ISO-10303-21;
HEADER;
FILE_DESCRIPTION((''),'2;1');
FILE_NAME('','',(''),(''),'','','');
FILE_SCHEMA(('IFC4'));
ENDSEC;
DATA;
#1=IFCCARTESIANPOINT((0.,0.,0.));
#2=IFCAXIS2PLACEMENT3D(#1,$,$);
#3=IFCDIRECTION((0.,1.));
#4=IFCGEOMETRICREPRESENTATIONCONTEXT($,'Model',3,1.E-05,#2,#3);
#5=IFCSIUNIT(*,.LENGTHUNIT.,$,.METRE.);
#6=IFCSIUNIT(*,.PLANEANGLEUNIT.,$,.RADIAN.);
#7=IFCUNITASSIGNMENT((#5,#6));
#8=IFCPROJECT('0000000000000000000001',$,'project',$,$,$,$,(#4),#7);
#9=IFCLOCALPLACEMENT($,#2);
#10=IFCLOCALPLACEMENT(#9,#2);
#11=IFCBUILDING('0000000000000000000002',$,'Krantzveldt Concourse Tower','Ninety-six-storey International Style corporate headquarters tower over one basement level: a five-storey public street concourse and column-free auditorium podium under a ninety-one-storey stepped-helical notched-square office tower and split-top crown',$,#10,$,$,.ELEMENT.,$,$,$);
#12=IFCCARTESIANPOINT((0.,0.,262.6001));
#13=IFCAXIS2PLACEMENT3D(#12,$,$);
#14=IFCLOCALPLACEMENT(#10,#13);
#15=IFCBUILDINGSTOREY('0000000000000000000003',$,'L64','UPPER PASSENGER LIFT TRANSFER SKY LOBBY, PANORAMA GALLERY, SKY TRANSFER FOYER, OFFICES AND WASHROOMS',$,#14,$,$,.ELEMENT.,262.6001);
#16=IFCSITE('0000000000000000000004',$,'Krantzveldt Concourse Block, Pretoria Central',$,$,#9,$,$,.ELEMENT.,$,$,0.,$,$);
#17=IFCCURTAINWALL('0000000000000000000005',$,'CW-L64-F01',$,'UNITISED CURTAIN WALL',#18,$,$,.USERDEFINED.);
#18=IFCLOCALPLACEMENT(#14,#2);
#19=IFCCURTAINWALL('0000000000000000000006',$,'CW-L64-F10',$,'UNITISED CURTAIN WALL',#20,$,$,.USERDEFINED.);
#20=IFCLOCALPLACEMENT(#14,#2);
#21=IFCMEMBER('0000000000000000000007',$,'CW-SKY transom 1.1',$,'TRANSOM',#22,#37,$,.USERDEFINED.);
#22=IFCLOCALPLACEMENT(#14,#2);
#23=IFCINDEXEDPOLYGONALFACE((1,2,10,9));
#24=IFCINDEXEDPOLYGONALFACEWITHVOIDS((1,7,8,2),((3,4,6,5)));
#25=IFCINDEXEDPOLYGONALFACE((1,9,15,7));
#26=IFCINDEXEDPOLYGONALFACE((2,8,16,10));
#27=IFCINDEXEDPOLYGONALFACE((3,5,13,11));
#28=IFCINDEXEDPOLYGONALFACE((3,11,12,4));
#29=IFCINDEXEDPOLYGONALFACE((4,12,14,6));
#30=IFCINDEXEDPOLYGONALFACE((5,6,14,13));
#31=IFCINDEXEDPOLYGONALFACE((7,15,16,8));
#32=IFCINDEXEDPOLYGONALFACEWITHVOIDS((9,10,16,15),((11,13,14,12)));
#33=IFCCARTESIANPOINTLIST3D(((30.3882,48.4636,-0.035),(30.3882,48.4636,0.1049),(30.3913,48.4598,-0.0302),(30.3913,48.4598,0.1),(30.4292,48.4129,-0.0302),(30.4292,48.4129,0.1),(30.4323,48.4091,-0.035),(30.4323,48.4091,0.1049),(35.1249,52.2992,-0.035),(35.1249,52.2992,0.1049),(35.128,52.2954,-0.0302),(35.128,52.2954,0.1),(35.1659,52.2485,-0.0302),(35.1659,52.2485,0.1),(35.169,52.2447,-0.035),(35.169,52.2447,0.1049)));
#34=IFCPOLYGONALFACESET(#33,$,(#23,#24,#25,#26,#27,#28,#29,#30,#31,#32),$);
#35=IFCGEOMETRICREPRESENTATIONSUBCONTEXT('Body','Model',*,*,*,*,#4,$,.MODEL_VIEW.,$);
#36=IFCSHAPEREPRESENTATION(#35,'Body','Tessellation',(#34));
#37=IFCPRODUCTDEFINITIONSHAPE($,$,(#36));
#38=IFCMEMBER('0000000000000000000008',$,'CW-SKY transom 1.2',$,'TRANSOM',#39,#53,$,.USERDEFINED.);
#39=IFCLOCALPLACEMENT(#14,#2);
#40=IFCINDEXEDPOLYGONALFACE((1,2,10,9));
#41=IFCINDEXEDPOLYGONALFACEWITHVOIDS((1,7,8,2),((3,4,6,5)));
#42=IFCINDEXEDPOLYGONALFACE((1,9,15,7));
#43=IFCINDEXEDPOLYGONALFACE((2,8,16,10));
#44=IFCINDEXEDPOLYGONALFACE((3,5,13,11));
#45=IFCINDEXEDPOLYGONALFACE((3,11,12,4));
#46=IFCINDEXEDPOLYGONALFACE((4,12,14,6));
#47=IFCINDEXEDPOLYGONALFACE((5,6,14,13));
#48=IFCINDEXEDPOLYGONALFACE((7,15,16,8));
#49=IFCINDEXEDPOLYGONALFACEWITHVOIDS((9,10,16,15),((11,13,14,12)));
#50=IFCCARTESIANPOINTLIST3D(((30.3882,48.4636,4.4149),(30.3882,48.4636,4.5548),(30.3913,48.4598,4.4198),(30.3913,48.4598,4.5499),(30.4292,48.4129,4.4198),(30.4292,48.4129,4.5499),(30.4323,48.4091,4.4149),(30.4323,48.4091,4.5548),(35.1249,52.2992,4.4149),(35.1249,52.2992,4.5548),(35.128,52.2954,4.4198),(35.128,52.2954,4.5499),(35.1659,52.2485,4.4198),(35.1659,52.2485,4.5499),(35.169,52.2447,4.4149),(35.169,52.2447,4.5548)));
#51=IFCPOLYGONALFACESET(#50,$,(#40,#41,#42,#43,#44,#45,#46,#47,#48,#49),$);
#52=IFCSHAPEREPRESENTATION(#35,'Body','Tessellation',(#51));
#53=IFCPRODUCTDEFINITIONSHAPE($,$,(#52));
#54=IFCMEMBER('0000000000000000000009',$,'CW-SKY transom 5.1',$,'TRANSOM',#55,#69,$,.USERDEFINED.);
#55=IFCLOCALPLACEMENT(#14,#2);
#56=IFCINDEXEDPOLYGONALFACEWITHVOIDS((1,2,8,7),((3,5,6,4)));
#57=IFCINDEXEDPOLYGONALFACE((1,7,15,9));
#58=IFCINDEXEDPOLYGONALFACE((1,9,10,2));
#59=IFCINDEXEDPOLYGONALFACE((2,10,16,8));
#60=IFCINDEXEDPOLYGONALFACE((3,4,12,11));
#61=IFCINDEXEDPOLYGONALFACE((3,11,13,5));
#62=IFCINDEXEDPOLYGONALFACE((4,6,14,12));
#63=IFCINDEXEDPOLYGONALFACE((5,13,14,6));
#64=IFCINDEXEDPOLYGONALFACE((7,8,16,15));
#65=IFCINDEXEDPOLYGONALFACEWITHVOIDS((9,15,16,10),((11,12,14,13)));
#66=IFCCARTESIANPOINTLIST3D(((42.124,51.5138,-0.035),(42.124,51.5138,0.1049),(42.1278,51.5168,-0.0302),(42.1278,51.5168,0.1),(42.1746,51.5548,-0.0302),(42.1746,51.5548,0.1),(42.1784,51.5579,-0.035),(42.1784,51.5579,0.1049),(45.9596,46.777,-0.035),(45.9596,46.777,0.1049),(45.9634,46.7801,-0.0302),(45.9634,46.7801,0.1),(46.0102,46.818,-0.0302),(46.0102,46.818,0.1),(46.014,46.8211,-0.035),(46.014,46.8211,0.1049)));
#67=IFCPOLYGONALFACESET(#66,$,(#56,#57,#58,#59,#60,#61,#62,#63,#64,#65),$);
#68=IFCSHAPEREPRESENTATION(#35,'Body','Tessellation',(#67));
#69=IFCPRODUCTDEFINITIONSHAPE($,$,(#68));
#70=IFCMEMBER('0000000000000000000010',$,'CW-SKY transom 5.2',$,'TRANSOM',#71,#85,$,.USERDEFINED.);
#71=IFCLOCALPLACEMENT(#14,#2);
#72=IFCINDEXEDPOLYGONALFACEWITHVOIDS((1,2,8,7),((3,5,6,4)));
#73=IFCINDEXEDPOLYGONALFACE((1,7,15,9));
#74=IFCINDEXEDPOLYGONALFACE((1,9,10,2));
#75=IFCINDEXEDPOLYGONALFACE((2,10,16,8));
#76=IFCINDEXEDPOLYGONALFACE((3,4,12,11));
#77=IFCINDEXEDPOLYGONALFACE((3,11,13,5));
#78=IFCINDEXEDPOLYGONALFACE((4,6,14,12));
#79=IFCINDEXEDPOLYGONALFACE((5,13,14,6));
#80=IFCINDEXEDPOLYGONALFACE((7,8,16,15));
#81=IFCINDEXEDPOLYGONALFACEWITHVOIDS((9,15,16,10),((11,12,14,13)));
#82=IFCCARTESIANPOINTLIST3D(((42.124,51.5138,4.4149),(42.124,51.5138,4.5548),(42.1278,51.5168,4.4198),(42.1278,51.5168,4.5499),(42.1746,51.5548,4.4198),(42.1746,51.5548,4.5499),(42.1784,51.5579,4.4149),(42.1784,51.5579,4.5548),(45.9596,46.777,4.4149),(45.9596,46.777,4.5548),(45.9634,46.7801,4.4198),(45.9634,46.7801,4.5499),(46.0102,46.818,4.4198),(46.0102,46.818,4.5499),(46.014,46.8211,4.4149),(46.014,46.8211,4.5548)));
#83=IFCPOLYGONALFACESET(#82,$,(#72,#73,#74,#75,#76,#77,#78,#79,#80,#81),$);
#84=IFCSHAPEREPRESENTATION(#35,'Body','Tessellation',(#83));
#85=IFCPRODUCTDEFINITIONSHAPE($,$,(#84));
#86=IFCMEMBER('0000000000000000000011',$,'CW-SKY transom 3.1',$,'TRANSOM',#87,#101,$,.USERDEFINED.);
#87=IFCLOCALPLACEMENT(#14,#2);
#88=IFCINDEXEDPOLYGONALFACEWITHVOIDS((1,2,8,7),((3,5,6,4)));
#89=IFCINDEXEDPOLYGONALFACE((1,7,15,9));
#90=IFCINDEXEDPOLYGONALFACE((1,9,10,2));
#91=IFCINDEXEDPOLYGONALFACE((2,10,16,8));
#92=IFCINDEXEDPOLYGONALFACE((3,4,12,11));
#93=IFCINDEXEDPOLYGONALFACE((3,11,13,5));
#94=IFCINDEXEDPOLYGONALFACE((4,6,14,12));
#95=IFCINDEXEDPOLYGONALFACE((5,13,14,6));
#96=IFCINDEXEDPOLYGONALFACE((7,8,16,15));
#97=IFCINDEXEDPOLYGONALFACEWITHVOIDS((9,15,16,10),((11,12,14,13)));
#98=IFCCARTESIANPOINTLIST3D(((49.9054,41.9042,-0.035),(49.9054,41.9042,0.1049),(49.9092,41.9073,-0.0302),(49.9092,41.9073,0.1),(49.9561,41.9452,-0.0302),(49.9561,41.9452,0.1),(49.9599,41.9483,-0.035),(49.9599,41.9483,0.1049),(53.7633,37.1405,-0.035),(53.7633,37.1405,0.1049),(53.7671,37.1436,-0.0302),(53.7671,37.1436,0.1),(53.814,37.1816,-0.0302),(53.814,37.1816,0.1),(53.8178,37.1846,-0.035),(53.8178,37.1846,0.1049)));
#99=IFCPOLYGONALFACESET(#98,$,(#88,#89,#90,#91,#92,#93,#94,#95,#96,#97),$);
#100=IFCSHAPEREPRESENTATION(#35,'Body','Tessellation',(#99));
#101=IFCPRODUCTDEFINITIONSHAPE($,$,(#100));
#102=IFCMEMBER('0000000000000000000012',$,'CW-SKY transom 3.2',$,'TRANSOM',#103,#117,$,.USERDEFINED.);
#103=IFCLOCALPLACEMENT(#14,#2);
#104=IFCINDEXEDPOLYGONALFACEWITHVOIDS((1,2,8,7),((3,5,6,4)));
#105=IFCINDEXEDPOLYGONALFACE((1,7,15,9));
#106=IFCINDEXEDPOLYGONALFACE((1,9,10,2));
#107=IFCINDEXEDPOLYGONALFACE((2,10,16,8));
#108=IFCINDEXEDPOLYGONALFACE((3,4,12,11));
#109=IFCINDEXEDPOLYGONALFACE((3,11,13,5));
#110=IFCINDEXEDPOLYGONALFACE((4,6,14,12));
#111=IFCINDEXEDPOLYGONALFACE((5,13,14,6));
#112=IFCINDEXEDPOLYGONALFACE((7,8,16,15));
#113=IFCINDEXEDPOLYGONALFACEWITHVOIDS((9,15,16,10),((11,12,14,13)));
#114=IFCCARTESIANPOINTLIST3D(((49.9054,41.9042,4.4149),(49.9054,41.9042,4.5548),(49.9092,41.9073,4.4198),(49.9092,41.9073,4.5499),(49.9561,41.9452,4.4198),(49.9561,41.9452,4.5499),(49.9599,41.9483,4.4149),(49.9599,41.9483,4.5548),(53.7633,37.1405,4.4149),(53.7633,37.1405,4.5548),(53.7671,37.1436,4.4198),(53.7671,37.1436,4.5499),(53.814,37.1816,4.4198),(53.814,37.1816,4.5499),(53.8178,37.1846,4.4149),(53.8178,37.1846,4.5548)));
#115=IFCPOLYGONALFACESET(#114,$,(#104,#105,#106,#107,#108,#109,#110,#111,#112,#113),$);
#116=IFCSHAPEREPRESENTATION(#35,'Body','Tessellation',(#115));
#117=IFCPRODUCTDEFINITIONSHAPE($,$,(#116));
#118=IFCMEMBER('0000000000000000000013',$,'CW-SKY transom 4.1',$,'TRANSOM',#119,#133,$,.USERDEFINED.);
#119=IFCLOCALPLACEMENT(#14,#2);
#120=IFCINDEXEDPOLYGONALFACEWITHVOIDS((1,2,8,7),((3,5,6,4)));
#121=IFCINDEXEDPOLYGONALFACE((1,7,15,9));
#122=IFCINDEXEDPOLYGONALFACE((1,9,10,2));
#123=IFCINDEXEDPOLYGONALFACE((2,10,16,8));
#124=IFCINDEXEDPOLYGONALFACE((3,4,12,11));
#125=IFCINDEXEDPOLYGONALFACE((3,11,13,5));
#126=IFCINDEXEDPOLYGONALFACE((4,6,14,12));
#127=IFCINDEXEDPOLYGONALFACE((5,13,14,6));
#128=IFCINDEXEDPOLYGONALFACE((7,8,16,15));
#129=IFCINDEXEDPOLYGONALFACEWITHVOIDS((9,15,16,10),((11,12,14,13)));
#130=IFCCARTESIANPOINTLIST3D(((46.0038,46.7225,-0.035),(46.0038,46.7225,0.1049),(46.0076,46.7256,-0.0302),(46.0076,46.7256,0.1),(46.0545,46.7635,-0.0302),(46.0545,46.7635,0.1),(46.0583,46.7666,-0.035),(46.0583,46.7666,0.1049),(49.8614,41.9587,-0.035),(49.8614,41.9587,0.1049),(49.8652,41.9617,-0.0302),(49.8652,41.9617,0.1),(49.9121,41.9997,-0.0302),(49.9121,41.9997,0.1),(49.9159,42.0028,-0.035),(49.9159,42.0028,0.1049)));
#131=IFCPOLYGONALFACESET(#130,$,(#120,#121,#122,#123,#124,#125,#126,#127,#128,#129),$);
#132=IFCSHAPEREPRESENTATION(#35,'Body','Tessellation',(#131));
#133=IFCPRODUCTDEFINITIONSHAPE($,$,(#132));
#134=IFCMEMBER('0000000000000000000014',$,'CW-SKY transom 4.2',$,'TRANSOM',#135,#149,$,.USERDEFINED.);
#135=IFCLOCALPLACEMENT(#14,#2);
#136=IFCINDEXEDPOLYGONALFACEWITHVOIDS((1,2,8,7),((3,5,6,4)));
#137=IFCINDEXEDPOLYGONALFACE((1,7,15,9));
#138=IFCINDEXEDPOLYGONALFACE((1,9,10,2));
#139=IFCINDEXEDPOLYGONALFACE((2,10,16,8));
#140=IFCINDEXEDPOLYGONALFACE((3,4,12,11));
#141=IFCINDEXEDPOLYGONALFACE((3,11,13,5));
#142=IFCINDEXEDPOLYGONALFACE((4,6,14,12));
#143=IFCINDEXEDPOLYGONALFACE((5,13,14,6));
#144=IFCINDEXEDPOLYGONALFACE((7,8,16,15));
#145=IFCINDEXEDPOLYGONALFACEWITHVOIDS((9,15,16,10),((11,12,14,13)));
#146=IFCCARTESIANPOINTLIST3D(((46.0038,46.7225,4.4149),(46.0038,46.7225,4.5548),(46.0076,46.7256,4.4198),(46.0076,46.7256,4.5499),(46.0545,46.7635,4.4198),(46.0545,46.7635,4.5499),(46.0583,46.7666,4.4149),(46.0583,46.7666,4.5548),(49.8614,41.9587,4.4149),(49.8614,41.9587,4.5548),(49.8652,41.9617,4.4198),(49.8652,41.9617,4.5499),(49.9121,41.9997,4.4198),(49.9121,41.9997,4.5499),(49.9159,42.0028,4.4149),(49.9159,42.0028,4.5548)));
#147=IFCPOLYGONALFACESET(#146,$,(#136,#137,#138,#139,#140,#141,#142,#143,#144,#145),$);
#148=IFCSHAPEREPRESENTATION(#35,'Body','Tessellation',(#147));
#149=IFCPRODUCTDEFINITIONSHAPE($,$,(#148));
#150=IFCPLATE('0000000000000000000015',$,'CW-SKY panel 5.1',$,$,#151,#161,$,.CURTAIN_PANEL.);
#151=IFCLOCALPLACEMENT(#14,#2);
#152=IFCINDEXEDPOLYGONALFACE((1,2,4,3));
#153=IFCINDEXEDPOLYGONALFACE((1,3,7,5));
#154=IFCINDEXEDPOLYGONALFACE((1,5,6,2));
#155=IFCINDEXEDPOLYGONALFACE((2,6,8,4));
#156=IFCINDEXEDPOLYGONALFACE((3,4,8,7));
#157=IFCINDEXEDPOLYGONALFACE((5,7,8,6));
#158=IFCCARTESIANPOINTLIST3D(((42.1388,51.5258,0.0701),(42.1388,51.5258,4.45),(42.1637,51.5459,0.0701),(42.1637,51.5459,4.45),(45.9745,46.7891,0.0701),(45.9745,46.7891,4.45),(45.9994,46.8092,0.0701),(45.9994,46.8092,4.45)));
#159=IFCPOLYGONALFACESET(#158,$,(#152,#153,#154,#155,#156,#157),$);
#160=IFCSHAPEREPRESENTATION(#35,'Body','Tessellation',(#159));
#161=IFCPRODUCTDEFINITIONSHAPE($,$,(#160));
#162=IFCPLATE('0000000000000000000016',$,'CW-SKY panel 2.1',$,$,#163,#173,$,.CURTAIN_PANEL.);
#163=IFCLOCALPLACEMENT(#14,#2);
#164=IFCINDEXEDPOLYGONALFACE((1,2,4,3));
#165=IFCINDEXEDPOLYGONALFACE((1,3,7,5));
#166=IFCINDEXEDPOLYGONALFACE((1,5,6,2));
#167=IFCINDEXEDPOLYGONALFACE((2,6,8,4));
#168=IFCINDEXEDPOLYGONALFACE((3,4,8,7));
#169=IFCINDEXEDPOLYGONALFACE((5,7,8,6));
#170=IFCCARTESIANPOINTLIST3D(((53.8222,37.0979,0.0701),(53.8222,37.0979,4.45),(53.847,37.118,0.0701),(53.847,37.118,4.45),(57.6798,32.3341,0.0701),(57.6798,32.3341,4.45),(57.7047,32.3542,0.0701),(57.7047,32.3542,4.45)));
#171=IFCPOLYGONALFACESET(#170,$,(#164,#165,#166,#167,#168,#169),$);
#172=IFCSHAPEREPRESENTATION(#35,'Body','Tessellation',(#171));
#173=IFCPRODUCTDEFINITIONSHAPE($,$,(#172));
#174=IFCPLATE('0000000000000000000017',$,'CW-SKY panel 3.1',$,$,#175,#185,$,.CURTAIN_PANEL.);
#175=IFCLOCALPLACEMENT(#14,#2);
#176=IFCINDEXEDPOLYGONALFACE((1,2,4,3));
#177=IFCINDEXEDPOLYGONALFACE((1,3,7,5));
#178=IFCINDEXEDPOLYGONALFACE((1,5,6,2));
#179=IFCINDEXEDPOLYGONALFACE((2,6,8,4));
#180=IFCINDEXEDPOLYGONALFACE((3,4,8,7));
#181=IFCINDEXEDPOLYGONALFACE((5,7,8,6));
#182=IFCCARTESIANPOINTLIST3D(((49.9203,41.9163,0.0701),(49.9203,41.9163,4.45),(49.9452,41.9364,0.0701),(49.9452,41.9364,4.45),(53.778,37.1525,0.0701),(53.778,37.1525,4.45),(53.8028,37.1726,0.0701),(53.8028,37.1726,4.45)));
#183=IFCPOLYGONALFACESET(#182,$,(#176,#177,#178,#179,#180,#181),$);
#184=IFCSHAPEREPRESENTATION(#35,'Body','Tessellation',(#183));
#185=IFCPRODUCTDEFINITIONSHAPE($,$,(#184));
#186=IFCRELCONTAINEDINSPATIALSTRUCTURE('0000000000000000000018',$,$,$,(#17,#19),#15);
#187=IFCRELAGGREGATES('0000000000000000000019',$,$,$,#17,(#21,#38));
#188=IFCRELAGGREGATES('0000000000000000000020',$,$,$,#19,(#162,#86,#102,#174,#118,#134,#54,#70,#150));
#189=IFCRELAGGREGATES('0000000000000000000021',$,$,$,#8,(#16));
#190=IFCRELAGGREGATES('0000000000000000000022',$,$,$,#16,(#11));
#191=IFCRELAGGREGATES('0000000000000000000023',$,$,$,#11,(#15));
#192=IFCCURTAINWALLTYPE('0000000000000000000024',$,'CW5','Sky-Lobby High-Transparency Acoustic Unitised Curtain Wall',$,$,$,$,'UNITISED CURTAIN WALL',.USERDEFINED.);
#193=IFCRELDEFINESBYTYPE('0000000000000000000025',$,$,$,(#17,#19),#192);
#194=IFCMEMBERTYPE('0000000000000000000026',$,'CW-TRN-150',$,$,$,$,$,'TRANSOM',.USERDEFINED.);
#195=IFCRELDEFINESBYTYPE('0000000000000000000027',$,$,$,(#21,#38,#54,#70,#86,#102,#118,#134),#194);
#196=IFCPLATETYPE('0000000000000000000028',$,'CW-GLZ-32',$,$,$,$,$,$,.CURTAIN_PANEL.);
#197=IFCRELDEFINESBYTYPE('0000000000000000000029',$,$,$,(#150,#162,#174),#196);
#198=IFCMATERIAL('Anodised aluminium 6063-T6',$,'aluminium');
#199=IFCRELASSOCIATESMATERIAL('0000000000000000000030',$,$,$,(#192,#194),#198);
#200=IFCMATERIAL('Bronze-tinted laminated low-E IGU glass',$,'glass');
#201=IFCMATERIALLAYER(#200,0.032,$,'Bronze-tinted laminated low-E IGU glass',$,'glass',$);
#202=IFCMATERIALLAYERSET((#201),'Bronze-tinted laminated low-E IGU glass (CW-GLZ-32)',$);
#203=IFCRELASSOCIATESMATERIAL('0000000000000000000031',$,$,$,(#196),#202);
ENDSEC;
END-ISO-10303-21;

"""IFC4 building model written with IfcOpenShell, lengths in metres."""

from ifc_helpers import new_model, si_unit, direction, frame, origin, origin_2d, place, context, subcontext, project, spatial, rectangle, hollow_rectangle, extrude, source, transform, mapped, material, layer, layer_set, material_profile, profile_set, type_object, type_shapes, element, aggregate, save


model = new_model("IFC4")

# Units and contexts
model_context = context("Model", 3, precision=1e-05, world=origin(), true_north=direction((0.0, 1.0)))
body_context = subcontext(model_context, "Body", "Model", "MODEL_VIEW")
ifc_project = project(units=[si_unit("LENGTHUNIT", "METRE"), si_unit("PLANEANGLEUNIT", "RADIAN")], contexts=[model_context])

# Site, building, storey
site_placement = place(None, origin())
site = spatial("IfcSite", under=ifc_project, at=site_placement, Name="Krantzveldt Concourse Block, Pretoria Central", CompositionType="ELEMENT", RefElevation=0.0)
building_placement = place(site_placement, origin())
building = spatial("IfcBuilding", under=site, at=building_placement, Name="Krantzveldt Concourse Tower", Description="Ninety-six-storey International Style corporate headquarters tower over one basement level: a five-storey public street concourse and column-free auditorium podium under a ninety-one-storey stepped-helical notched-square office tower and split-top crown", CompositionType="ELEMENT")
storey_placement = place(building_placement, frame((0.0, 0.0, 262.6001)))
storey = spatial("IfcBuildingStorey", under=building, at=storey_placement, Name="L64", Description="UPPER PASSENGER LIFT TRANSFER SKY LOBBY, PANORAMA GALLERY, SKY TRANSFER FOYER, OFFICES AND WASHROOMS", CompositionType="ELEMENT", Elevation=262.6001)

# Curtain wall
ifc_material_1 = material(Name="Anodised aluminium 6063-T6", Category="aluminium")
curtain_wall_type = type_object("IfcCurtainWallType", Name="CW5", Description="Sky-Lobby High-Transparency Acoustic Unitised Curtain Wall", ElementType="UNITISED CURTAIN WALL", PredefinedType="USERDEFINED", material=ifc_material_1)
curtain_wall_1_placement = place(storey_placement, origin())
curtain_wall_1 = element("IfcCurtainWall", 1, at=curtain_wall_1_placement, inside=storey, type_object=curtain_wall_type, Name="CW-L64-F01", ObjectType="UNITISED CURTAIN WALL", PredefinedType="USERDEFINED")

# Curtain wall
curtain_wall_2_placement = place(storey_placement, origin())
curtain_wall_2 = element("IfcCurtainWall", 2, at=curtain_wall_2_placement, inside=storey, type_object=curtain_wall_type, Name="CW-L64-F10", ObjectType="UNITISED CURTAIN WALL", PredefinedType="USERDEFINED")

# Members
ifc_material_profile_1 = material_profile(ifc_material_1, hollow_rectangle(XDim=0.0701, YDim=0.1399, WallThickness=0.0049, at=origin_2d()), Name="Anodised aluminium 6063-T6", Category="aluminium")
ifc_profile_set_1 = profile_set([ifc_material_profile_1], Name="Anodised aluminium 6063-T6 - ALU-TRAN 140x70x5")
member_type_1 = type_object("IfcMemberType", Name="CW-TRN-150", ElementType="TRANSOM", PredefinedType="USERDEFINED", material=ifc_profile_set_1)
shared_shape_1 = source(origin(), body_context, "Body", "SweptSolid", [
    extrude(hollow_rectangle(XDim=0.0701, YDim=0.1399, WallThickness=0.0049, at=origin_2d()), origin(), (0.0, 0.0, 1.0), 6.095),
])
member_1_placement = place(storey_placement, frame((35.147, 52.272, 0.0349), z_axis=(-0.777154, -0.62931, 0.0), x_axis=(0.62931, -0.777154, 0.0)))
member_1 = element("IfcMember", 3, at=member_1_placement, type_object=member_type_1, Name="CW-SKY transom 1.1", ObjectType="TRANSOM", PredefinedType="USERDEFINED", context=body_context, shape_type="MappedRepresentation", body=[
    mapped(shared_shape_1, transform((0.0, 0.0, 0.0), x_axis=(1.0, 0.0, 0.0), y_axis=(0.0, 1.0, 0.0), z_axis=(0.0, 0.0, 1.0), scale=1.0)),
])
member_2_placement = place(storey_placement, frame((35.147, 52.272, 4.4849), z_axis=(-0.777154, -0.62931, 0.0), x_axis=(0.62931, -0.777154, 0.0)))
member_2 = element("IfcMember", 4, at=member_2_placement, type_object=member_type_1, Name="CW-SKY transom 1.2", ObjectType="TRANSOM", PredefinedType="USERDEFINED", context=body_context, shape_type="MappedRepresentation", body=[
    mapped(shared_shape_1, transform((0.0, 0.0, 0.0), x_axis=(1.0, 0.0, 0.0), y_axis=(0.0, 1.0, 0.0), z_axis=(0.0, 0.0, 1.0), scale=1.0)),
])
aggregate(curtain_wall_1, [member_1, member_2])
member_3_placement = place(storey_placement, frame((45.9868, 46.7991, 0.0349), z_axis=(-0.62931, 0.777154, 0.0), x_axis=(-0.777154, -0.62931, 0.0)))
member_3 = element("IfcMember", 5, at=member_3_placement, type_object=member_type_1, Name="CW-SKY transom 5.1", ObjectType="TRANSOM", PredefinedType="USERDEFINED", context=body_context, shape_type="MappedRepresentation", body=[
    mapped(shared_shape_1, transform((0.0, 0.0, 0.0), x_axis=(1.0, 0.0, 0.0), y_axis=(0.0, 1.0, 0.0), z_axis=(0.0, 0.0, 1.0), scale=1.0)),
])
member_4_placement = place(storey_placement, frame((45.9868, 46.7991, 4.4849), z_axis=(-0.62931, 0.777154, 0.0), x_axis=(-0.777154, -0.62931, 0.0)))
member_4 = element("IfcMember", 6, at=member_4_placement, type_object=member_type_1, Name="CW-SKY transom 5.2", ObjectType="TRANSOM", PredefinedType="USERDEFINED", context=body_context, shape_type="MappedRepresentation", body=[
    mapped(shared_shape_1, transform((0.0, 0.0, 0.0), x_axis=(1.0, 0.0, 0.0), y_axis=(0.0, 1.0, 0.0), z_axis=(0.0, 0.0, 1.0), scale=1.0)),
])
shared_shape_2 = source(origin(), body_context, "Body", "SweptSolid", [
    extrude(hollow_rectangle(XDim=0.0701, YDim=0.1399, WallThickness=0.0049, at=origin_2d()), origin(), (0.0, 0.0, 1.0), 6.1299),
])
type_shapes(member_type_1, [shared_shape_1, shared_shape_2])
member_5_placement = place(storey_placement, frame((53.7905, 37.1626, 0.0349), z_axis=(-0.629356, 0.777117, 0.0), x_axis=(-0.777117, -0.629356, 0.0)))
member_5 = element("IfcMember", 7, at=member_5_placement, type_object=member_type_1, Name="CW-SKY transom 3.1", ObjectType="TRANSOM", PredefinedType="USERDEFINED", context=body_context, shape_type="MappedRepresentation", body=[
    mapped(shared_shape_2, transform((0.0, 0.0, 0.0), x_axis=(1.0, 0.0, 0.0), y_axis=(0.0, 1.0, 0.0), z_axis=(0.0, 0.0, 1.0), scale=1.0)),
])
member_6_placement = place(storey_placement, frame((53.7905, 37.1626, 4.4849), z_axis=(-0.629356, 0.777117, 0.0), x_axis=(-0.777117, -0.629356, 0.0)))
member_6 = element("IfcMember", 8, at=member_6_placement, type_object=member_type_1, Name="CW-SKY transom 3.2", ObjectType="TRANSOM", PredefinedType="USERDEFINED", context=body_context, shape_type="MappedRepresentation", body=[
    mapped(shared_shape_2, transform((0.0, 0.0, 0.0), x_axis=(1.0, 0.0, 0.0), y_axis=(0.0, 1.0, 0.0), z_axis=(0.0, 0.0, 1.0), scale=1.0)),
])
member_7_placement = place(storey_placement, frame((49.8887, 41.9807, 0.0349), z_axis=(-0.629313, 0.777152, 0.0), x_axis=(-0.777152, -0.629313, 0.0)))
member_7 = element("IfcMember", 9, at=member_7_placement, type_object=member_type_1, Name="CW-SKY transom 4.1", ObjectType="TRANSOM", PredefinedType="USERDEFINED", context=body_context, shape_type="MappedRepresentation", body=[
    mapped(shared_shape_2, transform((0.0, 0.0, 0.0), x_axis=(1.0, 0.0, 0.0), y_axis=(0.0, 1.0, 0.0), z_axis=(0.0, 0.0, 1.0), scale=1.0)),
])
member_8_placement = place(storey_placement, frame((49.8887, 41.9807, 4.4849), z_axis=(-0.629313, 0.777152, 0.0), x_axis=(-0.777152, -0.629313, 0.0)))
member_8 = element("IfcMember", 10, at=member_8_placement, type_object=member_type_1, Name="CW-SKY transom 4.2", ObjectType="TRANSOM", PredefinedType="USERDEFINED", context=body_context, shape_type="MappedRepresentation", body=[
    mapped(shared_shape_2, transform((0.0, 0.0, 0.0), x_axis=(1.0, 0.0, 0.0), y_axis=(0.0, 1.0, 0.0), z_axis=(0.0, 0.0, 1.0), scale=1.0)),
])

# Plates
ifc_material_2 = material(Name="Bronze-tinted laminated low-E IGU glass", Category="glass")
ifc_layer_1 = layer(ifc_material_2, 0.032, Name="Bronze-tinted laminated low-E IGU glass", Category="glass")
ifc_layer_set_1 = layer_set([ifc_layer_1], Name="Bronze-tinted laminated low-E IGU glass (CW-GLZ-32)")
plate_type = type_object("IfcPlateType", Name="CW-GLZ-32", PredefinedType="CURTAIN_PANEL", material=ifc_layer_set_1)
shared_shape_3 = source(origin(), body_context, "Body", "SweptSolid", [
    extrude(rectangle(XDim=6.095, YDim=0.032, at=origin_2d()), origin(), (0.0, 0.0, 1.0), 4.3799),
])
plate_1_placement = place(storey_placement, frame((44.0691, 49.1675, 0.0701), z_axis=(0.0, 0.0, 1.0), x_axis=(-0.62932, 0.777146, 0.0)))
plate_1 = element("IfcPlate", 11, at=plate_1_placement, type_object=plate_type, Name="CW-SKY panel 5.1", PredefinedType="CURTAIN_PANEL", context=body_context, shape_type="MappedRepresentation", body=[
    mapped(shared_shape_3, transform((0.0, 0.0, 0.0), x_axis=(1.0, 0.0, 0.0), y_axis=(0.0, 1.0, 0.0), z_axis=(0.0, 0.0, 1.0), scale=1.0)),
])
shared_shape_4 = source(origin(), body_context, "Body", "SweptSolid", [
    extrude(rectangle(XDim=6.1299, YDim=0.032, at=origin_2d()), origin(), (0.0, 0.0, 1.0), 4.3799),
])
type_shapes(plate_type, [shared_shape_3, shared_shape_4])
plate_2_placement = place(storey_placement, frame((55.7634, 34.7261, 0.0701), z_axis=(0.0, 0.0, 1.0), x_axis=(-0.62932, 0.777146, 0.0)))
plate_2 = element("IfcPlate", 12, at=plate_2_placement, type_object=plate_type, Name="CW-SKY panel 2.1", PredefinedType="CURTAIN_PANEL", context=body_context, shape_type="MappedRepresentation", body=[
    mapped(shared_shape_4, transform((0.0, 0.0, 0.0), x_axis=(1.0, 0.0, 0.0), y_axis=(0.0, 1.0, 0.0), z_axis=(0.0, 0.0, 1.0), scale=1.0)),
])
plate_3_placement = place(storey_placement, frame((51.8616, 39.5444, 0.0701), z_axis=(0.0, 0.0, 1.0), x_axis=(-0.62932, 0.777146, 0.0)))
plate_3 = element("IfcPlate", 13, at=plate_3_placement, type_object=plate_type, Name="CW-SKY panel 3.1", PredefinedType="CURTAIN_PANEL", context=body_context, shape_type="MappedRepresentation", body=[
    mapped(shared_shape_4, transform((0.0, 0.0, 0.0), x_axis=(1.0, 0.0, 0.0), y_axis=(0.0, 1.0, 0.0), z_axis=(0.0, 0.0, 1.0), scale=1.0)),
])
aggregate(curtain_wall_2, [plate_2, member_5, member_6, plate_3, member_7, member_8, member_3, member_4, plate_1])

save(model, "model.ifc")
